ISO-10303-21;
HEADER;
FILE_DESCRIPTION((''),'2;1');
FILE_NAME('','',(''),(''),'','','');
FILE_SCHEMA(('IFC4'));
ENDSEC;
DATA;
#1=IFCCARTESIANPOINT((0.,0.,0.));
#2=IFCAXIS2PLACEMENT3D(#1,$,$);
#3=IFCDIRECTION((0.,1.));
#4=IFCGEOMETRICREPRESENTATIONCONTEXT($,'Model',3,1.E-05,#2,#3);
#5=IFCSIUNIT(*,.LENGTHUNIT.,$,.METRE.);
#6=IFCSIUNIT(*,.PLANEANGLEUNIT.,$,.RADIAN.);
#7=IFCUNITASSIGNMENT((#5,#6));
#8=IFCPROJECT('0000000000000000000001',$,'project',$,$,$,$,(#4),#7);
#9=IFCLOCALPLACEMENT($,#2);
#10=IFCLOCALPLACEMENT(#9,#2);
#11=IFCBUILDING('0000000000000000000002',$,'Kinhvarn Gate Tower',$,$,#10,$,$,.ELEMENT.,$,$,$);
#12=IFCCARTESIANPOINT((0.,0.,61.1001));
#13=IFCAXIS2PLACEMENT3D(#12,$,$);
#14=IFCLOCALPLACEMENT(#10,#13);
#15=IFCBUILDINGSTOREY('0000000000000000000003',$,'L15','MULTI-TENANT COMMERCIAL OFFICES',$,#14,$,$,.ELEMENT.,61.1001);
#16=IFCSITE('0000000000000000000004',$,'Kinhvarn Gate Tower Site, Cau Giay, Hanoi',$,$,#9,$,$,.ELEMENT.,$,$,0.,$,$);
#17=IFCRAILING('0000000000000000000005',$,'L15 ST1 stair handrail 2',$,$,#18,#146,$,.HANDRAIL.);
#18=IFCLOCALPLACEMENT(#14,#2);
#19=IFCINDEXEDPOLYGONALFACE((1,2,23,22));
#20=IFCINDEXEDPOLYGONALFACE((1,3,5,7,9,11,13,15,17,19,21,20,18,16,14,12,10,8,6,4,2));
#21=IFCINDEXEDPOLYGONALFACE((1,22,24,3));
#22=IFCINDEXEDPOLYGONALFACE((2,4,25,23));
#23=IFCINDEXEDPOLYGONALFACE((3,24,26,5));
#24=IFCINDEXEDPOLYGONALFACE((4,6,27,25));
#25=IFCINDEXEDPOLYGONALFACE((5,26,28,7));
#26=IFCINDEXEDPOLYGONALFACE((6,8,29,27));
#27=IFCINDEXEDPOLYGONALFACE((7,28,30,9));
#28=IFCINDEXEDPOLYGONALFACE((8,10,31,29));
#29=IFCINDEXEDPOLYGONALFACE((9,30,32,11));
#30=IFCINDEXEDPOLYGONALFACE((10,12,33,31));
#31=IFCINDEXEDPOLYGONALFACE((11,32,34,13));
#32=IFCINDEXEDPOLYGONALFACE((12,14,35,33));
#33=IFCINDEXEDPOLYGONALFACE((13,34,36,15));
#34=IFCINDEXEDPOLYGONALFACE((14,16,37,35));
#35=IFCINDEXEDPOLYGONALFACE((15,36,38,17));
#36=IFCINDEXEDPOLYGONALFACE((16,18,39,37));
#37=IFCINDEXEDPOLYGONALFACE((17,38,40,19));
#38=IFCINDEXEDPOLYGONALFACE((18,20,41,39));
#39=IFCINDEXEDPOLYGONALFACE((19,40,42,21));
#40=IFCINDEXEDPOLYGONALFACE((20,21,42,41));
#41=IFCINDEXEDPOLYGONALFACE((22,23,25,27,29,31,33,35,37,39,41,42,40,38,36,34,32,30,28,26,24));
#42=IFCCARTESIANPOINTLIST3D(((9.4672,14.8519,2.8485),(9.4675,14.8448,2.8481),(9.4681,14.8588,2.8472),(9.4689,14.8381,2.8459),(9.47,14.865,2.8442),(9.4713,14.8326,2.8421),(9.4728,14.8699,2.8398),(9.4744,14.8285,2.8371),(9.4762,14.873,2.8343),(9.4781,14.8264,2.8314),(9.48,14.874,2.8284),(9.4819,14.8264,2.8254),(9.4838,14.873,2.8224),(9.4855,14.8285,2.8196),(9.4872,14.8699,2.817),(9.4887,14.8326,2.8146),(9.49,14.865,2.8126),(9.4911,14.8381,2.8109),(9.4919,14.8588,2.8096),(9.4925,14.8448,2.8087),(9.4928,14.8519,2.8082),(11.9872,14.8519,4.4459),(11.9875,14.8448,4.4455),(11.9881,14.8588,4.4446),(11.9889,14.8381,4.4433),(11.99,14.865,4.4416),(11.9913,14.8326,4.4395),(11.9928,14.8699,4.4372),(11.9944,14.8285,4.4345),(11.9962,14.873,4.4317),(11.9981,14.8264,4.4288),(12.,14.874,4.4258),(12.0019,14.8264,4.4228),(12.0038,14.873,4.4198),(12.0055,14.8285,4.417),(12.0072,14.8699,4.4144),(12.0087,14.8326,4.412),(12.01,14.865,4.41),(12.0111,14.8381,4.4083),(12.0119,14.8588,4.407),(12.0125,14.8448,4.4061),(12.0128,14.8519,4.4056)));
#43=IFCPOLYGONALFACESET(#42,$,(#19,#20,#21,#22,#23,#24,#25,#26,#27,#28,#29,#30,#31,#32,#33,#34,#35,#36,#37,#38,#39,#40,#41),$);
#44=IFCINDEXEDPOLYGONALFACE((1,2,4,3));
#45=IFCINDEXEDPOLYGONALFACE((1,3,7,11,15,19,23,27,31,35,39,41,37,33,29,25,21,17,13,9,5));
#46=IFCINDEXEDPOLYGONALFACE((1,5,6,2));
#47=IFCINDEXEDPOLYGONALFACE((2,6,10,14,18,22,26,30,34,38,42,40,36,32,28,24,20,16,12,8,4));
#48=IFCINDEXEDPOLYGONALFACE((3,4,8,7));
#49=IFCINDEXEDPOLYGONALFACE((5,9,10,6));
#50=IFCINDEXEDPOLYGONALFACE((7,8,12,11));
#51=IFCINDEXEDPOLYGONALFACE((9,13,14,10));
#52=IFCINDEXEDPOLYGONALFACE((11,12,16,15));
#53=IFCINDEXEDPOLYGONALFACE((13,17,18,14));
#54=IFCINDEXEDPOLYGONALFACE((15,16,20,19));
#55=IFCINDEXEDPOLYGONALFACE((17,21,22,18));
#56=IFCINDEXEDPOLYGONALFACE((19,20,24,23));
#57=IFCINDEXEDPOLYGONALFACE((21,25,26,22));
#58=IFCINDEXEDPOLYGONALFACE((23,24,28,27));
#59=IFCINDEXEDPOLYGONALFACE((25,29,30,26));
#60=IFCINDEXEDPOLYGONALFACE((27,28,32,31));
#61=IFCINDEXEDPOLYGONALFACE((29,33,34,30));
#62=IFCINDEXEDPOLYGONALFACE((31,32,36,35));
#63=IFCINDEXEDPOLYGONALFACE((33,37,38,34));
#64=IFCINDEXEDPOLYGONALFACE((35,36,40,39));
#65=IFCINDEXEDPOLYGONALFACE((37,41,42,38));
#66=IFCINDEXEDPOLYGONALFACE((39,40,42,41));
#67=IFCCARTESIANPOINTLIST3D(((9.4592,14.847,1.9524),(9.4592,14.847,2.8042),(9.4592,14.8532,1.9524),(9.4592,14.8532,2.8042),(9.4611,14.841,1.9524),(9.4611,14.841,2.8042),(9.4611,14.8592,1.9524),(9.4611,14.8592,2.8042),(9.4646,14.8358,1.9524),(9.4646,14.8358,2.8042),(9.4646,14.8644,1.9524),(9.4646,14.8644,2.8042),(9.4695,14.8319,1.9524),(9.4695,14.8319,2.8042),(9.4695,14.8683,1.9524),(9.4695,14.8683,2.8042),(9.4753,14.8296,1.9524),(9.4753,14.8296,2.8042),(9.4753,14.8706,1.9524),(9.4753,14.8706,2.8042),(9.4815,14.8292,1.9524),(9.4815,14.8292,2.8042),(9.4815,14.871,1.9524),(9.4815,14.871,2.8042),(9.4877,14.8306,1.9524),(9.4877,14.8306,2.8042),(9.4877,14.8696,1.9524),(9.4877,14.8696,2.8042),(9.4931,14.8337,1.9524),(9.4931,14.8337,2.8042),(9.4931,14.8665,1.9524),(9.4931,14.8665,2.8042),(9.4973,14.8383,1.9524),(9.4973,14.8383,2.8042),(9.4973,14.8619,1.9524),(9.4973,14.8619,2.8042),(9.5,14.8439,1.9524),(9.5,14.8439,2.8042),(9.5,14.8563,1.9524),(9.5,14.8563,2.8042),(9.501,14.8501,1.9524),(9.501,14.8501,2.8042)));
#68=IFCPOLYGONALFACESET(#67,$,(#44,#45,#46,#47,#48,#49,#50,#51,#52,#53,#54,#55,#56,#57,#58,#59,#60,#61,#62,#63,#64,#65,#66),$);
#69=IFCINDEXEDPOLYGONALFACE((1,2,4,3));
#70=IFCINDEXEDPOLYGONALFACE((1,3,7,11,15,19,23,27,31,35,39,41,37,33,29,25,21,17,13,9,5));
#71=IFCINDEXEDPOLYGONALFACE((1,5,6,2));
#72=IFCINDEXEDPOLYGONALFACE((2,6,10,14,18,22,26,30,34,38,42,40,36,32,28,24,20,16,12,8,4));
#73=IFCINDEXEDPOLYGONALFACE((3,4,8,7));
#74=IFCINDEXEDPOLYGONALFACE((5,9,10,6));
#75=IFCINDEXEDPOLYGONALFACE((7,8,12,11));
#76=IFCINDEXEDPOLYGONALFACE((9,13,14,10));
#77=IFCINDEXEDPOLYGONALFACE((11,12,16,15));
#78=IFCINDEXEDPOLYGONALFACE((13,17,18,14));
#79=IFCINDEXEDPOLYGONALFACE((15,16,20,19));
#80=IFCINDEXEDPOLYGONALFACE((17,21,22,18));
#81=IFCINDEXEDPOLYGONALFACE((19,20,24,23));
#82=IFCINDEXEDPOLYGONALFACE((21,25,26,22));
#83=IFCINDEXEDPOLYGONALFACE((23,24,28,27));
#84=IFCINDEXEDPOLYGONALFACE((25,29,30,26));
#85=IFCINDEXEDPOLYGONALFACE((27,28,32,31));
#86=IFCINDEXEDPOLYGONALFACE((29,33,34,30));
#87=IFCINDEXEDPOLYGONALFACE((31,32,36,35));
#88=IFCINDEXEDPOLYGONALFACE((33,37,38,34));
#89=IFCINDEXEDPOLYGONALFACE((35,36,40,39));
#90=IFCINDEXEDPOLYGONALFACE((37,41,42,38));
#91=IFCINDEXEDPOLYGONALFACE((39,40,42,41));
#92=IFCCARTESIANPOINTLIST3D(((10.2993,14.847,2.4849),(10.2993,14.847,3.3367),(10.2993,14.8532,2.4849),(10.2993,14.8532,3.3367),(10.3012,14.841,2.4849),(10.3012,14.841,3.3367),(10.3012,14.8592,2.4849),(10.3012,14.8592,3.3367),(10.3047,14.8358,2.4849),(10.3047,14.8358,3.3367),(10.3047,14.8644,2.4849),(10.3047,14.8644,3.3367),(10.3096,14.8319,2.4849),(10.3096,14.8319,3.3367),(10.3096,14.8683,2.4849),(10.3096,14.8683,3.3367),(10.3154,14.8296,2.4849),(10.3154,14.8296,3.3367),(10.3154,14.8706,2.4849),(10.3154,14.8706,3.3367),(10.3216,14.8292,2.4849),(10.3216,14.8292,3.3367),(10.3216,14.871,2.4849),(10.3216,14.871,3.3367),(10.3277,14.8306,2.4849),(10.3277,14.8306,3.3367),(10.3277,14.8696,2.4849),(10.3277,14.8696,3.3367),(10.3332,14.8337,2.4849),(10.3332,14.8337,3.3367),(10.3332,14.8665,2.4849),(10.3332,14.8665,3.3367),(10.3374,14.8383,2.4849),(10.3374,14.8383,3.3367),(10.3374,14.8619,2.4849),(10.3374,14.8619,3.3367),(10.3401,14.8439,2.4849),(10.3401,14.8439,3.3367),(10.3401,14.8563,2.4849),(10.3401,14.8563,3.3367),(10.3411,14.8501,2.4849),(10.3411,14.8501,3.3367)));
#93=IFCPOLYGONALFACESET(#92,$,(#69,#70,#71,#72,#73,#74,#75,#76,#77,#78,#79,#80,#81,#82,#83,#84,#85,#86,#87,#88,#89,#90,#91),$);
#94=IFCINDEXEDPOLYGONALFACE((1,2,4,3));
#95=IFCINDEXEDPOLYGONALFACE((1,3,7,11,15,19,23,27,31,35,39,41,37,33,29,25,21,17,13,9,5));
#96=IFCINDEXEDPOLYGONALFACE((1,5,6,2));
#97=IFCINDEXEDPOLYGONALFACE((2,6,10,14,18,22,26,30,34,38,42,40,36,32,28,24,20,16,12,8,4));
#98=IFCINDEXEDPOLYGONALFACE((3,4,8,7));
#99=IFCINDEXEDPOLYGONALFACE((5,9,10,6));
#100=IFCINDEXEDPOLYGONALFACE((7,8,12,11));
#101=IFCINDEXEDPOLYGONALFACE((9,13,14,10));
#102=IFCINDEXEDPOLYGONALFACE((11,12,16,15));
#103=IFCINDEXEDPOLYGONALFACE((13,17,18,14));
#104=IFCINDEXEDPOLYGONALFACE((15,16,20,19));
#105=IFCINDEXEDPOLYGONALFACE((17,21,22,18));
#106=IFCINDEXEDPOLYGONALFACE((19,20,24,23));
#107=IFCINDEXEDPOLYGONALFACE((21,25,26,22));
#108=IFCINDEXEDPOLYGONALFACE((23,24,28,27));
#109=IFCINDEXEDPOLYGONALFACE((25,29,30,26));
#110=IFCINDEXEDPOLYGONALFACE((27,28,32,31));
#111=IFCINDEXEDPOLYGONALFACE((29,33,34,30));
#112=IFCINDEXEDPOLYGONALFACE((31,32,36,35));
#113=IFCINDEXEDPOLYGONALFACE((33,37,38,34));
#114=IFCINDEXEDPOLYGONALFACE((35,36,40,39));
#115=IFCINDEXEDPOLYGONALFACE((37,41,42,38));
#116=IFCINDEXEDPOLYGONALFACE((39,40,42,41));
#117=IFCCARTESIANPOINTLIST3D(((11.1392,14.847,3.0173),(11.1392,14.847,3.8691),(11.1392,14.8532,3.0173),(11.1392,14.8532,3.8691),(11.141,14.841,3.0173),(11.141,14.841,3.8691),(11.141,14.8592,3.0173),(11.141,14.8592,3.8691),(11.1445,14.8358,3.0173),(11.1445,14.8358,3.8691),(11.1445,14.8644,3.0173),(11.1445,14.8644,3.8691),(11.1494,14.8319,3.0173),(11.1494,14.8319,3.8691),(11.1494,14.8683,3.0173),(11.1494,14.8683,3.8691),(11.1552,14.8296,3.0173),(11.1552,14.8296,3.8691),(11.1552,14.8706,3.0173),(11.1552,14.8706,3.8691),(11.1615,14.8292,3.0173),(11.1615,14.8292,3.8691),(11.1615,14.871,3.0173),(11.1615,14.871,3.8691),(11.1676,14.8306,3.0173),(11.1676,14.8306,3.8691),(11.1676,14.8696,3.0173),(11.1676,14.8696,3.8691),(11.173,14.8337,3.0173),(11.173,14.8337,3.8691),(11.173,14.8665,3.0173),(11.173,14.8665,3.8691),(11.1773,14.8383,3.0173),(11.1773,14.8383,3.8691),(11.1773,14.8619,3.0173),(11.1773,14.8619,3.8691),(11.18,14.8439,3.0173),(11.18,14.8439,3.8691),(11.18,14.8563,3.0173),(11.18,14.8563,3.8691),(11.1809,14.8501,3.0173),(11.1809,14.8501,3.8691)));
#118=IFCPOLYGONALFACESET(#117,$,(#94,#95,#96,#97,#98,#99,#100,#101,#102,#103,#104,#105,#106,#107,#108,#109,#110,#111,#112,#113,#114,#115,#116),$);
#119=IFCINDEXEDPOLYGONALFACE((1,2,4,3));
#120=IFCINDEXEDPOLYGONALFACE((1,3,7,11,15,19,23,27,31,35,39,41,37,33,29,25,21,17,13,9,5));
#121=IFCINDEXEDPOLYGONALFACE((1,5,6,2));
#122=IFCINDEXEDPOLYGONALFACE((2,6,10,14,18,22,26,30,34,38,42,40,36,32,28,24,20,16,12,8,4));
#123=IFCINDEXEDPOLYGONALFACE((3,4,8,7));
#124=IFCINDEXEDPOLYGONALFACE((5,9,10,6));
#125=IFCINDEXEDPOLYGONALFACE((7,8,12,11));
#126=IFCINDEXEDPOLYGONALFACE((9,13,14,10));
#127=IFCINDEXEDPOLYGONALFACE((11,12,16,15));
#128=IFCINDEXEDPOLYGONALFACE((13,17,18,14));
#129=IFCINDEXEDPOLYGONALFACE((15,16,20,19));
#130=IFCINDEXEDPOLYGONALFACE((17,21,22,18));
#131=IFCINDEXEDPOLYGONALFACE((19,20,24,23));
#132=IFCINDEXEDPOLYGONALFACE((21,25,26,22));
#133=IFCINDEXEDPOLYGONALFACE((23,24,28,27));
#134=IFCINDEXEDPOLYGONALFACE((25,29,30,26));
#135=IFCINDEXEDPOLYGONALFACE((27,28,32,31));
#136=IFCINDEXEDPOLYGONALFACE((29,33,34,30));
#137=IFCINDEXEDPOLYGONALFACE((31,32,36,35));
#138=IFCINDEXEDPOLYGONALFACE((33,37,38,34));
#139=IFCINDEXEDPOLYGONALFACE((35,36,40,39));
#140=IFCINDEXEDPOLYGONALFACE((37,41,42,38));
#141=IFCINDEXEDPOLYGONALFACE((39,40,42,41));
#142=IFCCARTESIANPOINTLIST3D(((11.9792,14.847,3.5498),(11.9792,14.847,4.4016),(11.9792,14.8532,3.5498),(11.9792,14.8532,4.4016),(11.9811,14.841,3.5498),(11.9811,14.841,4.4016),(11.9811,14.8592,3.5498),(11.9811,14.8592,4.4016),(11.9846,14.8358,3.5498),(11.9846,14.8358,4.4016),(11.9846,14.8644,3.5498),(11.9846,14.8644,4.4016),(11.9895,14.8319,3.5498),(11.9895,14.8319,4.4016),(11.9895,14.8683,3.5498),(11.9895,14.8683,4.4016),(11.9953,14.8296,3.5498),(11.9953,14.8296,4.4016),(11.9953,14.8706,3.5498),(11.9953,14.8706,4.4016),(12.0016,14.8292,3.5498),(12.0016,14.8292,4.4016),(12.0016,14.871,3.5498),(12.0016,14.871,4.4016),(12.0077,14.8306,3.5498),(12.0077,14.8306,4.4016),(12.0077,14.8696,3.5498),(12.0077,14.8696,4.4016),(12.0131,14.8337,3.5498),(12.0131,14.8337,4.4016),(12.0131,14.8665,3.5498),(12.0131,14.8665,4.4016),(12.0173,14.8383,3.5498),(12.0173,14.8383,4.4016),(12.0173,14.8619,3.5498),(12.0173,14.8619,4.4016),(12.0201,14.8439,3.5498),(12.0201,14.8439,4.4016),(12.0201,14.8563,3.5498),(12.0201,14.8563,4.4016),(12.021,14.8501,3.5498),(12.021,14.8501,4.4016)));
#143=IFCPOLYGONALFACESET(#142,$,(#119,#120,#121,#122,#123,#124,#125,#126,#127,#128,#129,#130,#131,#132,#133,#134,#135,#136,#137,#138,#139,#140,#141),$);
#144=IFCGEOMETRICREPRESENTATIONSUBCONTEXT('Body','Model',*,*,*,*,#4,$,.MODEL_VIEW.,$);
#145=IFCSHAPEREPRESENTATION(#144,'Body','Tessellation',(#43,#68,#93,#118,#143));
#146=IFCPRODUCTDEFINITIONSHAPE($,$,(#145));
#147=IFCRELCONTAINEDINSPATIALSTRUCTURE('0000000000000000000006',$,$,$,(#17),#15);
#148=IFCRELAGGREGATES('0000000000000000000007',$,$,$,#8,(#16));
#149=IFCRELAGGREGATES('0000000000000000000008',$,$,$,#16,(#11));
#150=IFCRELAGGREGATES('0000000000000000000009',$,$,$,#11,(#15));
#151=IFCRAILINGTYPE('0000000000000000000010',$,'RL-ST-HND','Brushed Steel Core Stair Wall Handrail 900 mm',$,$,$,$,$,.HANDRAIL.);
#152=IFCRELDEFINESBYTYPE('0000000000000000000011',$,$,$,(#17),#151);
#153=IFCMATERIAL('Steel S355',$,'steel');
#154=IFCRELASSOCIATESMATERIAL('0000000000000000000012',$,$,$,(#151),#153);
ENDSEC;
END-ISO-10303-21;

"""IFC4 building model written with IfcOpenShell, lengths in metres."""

from ifc_helpers import new_model, si_unit, direction, frame, origin, origin_2d, place, context, subcontext, project, spatial, circle, extrude, material, type_object, element, save


model = new_model("IFC4")

# Units and contexts
model_context = context("Model", 3, precision=1e-05, world=origin(), true_north=direction((0.0, 1.0)))
body_context = subcontext(model_context, "Body", "Model", "MODEL_VIEW")
ifc_project = project(units=[si_unit("LENGTHUNIT", "METRE"), si_unit("PLANEANGLEUNIT", "RADIAN")], contexts=[model_context])

# Site, building, storey
site_placement = place(None, origin())
site = spatial("IfcSite", under=ifc_project, at=site_placement, Name="Kinhvarn Gate Tower Site, Cau Giay, Hanoi", CompositionType="ELEMENT", RefElevation=0.0)
building_placement = place(site_placement, origin())
building = spatial("IfcBuilding", under=site, at=building_placement, Name="Kinhvarn Gate Tower", CompositionType="ELEMENT")
storey_placement = place(building_placement, frame((0.0, 0.0, 61.1001)))
storey = spatial("IfcBuildingStorey", under=building, at=storey_placement, Name="L15", Description="MULTI-TENANT COMMERCIAL OFFICES", CompositionType="ELEMENT", Elevation=61.1001)

# Railing
ifc_material_1 = material(Name="Steel S355", Category="steel")
railing_type_1 = type_object("IfcRailingType", Name="RL-ST-HND", Description="Brushed Steel Core Stair Wall Handrail 900 mm", PredefinedType="HANDRAIL", material=ifc_material_1)
railing_1_placement = place(storey_placement, frame((9.48, 14.8501, 1.9524)))
element("IfcRailing", 1, at=railing_1_placement, inside=storey, type_object=railing_type_1, Name="L15 ST1 stair handrail 2", PredefinedType="HANDRAIL", context=body_context, shape_type="SweptSolid", body=[
    extrude(circle(Radius=0.0239, at=origin_2d()), frame((0.0, 0.0, 0.876), z_axis=(0.844607, 0.0, 0.535387), x_axis=(0.0, 1.0, 0.0)), (0.0, 0.0, 1.0), 2.9836),
    extrude(circle(Radius=0.021, at=origin_2d()), origin(), (0.0, 0.0, 1.0), 0.8518),
    extrude(circle(Radius=0.021, at=origin_2d()), frame((0.8401, 0.0, 0.5325)), (0.0, 0.0, 1.0), 0.8518),
    extrude(circle(Radius=0.021, at=origin_2d()), frame((1.6799, 0.0, 1.0649)), (0.0, 0.0, 1.0), 0.8518),
    extrude(circle(Radius=0.021, at=origin_2d()), frame((2.52, 0.0, 1.5974)), (0.0, 0.0, 1.0), 0.8518),
])

save(model, "model.ifc")
